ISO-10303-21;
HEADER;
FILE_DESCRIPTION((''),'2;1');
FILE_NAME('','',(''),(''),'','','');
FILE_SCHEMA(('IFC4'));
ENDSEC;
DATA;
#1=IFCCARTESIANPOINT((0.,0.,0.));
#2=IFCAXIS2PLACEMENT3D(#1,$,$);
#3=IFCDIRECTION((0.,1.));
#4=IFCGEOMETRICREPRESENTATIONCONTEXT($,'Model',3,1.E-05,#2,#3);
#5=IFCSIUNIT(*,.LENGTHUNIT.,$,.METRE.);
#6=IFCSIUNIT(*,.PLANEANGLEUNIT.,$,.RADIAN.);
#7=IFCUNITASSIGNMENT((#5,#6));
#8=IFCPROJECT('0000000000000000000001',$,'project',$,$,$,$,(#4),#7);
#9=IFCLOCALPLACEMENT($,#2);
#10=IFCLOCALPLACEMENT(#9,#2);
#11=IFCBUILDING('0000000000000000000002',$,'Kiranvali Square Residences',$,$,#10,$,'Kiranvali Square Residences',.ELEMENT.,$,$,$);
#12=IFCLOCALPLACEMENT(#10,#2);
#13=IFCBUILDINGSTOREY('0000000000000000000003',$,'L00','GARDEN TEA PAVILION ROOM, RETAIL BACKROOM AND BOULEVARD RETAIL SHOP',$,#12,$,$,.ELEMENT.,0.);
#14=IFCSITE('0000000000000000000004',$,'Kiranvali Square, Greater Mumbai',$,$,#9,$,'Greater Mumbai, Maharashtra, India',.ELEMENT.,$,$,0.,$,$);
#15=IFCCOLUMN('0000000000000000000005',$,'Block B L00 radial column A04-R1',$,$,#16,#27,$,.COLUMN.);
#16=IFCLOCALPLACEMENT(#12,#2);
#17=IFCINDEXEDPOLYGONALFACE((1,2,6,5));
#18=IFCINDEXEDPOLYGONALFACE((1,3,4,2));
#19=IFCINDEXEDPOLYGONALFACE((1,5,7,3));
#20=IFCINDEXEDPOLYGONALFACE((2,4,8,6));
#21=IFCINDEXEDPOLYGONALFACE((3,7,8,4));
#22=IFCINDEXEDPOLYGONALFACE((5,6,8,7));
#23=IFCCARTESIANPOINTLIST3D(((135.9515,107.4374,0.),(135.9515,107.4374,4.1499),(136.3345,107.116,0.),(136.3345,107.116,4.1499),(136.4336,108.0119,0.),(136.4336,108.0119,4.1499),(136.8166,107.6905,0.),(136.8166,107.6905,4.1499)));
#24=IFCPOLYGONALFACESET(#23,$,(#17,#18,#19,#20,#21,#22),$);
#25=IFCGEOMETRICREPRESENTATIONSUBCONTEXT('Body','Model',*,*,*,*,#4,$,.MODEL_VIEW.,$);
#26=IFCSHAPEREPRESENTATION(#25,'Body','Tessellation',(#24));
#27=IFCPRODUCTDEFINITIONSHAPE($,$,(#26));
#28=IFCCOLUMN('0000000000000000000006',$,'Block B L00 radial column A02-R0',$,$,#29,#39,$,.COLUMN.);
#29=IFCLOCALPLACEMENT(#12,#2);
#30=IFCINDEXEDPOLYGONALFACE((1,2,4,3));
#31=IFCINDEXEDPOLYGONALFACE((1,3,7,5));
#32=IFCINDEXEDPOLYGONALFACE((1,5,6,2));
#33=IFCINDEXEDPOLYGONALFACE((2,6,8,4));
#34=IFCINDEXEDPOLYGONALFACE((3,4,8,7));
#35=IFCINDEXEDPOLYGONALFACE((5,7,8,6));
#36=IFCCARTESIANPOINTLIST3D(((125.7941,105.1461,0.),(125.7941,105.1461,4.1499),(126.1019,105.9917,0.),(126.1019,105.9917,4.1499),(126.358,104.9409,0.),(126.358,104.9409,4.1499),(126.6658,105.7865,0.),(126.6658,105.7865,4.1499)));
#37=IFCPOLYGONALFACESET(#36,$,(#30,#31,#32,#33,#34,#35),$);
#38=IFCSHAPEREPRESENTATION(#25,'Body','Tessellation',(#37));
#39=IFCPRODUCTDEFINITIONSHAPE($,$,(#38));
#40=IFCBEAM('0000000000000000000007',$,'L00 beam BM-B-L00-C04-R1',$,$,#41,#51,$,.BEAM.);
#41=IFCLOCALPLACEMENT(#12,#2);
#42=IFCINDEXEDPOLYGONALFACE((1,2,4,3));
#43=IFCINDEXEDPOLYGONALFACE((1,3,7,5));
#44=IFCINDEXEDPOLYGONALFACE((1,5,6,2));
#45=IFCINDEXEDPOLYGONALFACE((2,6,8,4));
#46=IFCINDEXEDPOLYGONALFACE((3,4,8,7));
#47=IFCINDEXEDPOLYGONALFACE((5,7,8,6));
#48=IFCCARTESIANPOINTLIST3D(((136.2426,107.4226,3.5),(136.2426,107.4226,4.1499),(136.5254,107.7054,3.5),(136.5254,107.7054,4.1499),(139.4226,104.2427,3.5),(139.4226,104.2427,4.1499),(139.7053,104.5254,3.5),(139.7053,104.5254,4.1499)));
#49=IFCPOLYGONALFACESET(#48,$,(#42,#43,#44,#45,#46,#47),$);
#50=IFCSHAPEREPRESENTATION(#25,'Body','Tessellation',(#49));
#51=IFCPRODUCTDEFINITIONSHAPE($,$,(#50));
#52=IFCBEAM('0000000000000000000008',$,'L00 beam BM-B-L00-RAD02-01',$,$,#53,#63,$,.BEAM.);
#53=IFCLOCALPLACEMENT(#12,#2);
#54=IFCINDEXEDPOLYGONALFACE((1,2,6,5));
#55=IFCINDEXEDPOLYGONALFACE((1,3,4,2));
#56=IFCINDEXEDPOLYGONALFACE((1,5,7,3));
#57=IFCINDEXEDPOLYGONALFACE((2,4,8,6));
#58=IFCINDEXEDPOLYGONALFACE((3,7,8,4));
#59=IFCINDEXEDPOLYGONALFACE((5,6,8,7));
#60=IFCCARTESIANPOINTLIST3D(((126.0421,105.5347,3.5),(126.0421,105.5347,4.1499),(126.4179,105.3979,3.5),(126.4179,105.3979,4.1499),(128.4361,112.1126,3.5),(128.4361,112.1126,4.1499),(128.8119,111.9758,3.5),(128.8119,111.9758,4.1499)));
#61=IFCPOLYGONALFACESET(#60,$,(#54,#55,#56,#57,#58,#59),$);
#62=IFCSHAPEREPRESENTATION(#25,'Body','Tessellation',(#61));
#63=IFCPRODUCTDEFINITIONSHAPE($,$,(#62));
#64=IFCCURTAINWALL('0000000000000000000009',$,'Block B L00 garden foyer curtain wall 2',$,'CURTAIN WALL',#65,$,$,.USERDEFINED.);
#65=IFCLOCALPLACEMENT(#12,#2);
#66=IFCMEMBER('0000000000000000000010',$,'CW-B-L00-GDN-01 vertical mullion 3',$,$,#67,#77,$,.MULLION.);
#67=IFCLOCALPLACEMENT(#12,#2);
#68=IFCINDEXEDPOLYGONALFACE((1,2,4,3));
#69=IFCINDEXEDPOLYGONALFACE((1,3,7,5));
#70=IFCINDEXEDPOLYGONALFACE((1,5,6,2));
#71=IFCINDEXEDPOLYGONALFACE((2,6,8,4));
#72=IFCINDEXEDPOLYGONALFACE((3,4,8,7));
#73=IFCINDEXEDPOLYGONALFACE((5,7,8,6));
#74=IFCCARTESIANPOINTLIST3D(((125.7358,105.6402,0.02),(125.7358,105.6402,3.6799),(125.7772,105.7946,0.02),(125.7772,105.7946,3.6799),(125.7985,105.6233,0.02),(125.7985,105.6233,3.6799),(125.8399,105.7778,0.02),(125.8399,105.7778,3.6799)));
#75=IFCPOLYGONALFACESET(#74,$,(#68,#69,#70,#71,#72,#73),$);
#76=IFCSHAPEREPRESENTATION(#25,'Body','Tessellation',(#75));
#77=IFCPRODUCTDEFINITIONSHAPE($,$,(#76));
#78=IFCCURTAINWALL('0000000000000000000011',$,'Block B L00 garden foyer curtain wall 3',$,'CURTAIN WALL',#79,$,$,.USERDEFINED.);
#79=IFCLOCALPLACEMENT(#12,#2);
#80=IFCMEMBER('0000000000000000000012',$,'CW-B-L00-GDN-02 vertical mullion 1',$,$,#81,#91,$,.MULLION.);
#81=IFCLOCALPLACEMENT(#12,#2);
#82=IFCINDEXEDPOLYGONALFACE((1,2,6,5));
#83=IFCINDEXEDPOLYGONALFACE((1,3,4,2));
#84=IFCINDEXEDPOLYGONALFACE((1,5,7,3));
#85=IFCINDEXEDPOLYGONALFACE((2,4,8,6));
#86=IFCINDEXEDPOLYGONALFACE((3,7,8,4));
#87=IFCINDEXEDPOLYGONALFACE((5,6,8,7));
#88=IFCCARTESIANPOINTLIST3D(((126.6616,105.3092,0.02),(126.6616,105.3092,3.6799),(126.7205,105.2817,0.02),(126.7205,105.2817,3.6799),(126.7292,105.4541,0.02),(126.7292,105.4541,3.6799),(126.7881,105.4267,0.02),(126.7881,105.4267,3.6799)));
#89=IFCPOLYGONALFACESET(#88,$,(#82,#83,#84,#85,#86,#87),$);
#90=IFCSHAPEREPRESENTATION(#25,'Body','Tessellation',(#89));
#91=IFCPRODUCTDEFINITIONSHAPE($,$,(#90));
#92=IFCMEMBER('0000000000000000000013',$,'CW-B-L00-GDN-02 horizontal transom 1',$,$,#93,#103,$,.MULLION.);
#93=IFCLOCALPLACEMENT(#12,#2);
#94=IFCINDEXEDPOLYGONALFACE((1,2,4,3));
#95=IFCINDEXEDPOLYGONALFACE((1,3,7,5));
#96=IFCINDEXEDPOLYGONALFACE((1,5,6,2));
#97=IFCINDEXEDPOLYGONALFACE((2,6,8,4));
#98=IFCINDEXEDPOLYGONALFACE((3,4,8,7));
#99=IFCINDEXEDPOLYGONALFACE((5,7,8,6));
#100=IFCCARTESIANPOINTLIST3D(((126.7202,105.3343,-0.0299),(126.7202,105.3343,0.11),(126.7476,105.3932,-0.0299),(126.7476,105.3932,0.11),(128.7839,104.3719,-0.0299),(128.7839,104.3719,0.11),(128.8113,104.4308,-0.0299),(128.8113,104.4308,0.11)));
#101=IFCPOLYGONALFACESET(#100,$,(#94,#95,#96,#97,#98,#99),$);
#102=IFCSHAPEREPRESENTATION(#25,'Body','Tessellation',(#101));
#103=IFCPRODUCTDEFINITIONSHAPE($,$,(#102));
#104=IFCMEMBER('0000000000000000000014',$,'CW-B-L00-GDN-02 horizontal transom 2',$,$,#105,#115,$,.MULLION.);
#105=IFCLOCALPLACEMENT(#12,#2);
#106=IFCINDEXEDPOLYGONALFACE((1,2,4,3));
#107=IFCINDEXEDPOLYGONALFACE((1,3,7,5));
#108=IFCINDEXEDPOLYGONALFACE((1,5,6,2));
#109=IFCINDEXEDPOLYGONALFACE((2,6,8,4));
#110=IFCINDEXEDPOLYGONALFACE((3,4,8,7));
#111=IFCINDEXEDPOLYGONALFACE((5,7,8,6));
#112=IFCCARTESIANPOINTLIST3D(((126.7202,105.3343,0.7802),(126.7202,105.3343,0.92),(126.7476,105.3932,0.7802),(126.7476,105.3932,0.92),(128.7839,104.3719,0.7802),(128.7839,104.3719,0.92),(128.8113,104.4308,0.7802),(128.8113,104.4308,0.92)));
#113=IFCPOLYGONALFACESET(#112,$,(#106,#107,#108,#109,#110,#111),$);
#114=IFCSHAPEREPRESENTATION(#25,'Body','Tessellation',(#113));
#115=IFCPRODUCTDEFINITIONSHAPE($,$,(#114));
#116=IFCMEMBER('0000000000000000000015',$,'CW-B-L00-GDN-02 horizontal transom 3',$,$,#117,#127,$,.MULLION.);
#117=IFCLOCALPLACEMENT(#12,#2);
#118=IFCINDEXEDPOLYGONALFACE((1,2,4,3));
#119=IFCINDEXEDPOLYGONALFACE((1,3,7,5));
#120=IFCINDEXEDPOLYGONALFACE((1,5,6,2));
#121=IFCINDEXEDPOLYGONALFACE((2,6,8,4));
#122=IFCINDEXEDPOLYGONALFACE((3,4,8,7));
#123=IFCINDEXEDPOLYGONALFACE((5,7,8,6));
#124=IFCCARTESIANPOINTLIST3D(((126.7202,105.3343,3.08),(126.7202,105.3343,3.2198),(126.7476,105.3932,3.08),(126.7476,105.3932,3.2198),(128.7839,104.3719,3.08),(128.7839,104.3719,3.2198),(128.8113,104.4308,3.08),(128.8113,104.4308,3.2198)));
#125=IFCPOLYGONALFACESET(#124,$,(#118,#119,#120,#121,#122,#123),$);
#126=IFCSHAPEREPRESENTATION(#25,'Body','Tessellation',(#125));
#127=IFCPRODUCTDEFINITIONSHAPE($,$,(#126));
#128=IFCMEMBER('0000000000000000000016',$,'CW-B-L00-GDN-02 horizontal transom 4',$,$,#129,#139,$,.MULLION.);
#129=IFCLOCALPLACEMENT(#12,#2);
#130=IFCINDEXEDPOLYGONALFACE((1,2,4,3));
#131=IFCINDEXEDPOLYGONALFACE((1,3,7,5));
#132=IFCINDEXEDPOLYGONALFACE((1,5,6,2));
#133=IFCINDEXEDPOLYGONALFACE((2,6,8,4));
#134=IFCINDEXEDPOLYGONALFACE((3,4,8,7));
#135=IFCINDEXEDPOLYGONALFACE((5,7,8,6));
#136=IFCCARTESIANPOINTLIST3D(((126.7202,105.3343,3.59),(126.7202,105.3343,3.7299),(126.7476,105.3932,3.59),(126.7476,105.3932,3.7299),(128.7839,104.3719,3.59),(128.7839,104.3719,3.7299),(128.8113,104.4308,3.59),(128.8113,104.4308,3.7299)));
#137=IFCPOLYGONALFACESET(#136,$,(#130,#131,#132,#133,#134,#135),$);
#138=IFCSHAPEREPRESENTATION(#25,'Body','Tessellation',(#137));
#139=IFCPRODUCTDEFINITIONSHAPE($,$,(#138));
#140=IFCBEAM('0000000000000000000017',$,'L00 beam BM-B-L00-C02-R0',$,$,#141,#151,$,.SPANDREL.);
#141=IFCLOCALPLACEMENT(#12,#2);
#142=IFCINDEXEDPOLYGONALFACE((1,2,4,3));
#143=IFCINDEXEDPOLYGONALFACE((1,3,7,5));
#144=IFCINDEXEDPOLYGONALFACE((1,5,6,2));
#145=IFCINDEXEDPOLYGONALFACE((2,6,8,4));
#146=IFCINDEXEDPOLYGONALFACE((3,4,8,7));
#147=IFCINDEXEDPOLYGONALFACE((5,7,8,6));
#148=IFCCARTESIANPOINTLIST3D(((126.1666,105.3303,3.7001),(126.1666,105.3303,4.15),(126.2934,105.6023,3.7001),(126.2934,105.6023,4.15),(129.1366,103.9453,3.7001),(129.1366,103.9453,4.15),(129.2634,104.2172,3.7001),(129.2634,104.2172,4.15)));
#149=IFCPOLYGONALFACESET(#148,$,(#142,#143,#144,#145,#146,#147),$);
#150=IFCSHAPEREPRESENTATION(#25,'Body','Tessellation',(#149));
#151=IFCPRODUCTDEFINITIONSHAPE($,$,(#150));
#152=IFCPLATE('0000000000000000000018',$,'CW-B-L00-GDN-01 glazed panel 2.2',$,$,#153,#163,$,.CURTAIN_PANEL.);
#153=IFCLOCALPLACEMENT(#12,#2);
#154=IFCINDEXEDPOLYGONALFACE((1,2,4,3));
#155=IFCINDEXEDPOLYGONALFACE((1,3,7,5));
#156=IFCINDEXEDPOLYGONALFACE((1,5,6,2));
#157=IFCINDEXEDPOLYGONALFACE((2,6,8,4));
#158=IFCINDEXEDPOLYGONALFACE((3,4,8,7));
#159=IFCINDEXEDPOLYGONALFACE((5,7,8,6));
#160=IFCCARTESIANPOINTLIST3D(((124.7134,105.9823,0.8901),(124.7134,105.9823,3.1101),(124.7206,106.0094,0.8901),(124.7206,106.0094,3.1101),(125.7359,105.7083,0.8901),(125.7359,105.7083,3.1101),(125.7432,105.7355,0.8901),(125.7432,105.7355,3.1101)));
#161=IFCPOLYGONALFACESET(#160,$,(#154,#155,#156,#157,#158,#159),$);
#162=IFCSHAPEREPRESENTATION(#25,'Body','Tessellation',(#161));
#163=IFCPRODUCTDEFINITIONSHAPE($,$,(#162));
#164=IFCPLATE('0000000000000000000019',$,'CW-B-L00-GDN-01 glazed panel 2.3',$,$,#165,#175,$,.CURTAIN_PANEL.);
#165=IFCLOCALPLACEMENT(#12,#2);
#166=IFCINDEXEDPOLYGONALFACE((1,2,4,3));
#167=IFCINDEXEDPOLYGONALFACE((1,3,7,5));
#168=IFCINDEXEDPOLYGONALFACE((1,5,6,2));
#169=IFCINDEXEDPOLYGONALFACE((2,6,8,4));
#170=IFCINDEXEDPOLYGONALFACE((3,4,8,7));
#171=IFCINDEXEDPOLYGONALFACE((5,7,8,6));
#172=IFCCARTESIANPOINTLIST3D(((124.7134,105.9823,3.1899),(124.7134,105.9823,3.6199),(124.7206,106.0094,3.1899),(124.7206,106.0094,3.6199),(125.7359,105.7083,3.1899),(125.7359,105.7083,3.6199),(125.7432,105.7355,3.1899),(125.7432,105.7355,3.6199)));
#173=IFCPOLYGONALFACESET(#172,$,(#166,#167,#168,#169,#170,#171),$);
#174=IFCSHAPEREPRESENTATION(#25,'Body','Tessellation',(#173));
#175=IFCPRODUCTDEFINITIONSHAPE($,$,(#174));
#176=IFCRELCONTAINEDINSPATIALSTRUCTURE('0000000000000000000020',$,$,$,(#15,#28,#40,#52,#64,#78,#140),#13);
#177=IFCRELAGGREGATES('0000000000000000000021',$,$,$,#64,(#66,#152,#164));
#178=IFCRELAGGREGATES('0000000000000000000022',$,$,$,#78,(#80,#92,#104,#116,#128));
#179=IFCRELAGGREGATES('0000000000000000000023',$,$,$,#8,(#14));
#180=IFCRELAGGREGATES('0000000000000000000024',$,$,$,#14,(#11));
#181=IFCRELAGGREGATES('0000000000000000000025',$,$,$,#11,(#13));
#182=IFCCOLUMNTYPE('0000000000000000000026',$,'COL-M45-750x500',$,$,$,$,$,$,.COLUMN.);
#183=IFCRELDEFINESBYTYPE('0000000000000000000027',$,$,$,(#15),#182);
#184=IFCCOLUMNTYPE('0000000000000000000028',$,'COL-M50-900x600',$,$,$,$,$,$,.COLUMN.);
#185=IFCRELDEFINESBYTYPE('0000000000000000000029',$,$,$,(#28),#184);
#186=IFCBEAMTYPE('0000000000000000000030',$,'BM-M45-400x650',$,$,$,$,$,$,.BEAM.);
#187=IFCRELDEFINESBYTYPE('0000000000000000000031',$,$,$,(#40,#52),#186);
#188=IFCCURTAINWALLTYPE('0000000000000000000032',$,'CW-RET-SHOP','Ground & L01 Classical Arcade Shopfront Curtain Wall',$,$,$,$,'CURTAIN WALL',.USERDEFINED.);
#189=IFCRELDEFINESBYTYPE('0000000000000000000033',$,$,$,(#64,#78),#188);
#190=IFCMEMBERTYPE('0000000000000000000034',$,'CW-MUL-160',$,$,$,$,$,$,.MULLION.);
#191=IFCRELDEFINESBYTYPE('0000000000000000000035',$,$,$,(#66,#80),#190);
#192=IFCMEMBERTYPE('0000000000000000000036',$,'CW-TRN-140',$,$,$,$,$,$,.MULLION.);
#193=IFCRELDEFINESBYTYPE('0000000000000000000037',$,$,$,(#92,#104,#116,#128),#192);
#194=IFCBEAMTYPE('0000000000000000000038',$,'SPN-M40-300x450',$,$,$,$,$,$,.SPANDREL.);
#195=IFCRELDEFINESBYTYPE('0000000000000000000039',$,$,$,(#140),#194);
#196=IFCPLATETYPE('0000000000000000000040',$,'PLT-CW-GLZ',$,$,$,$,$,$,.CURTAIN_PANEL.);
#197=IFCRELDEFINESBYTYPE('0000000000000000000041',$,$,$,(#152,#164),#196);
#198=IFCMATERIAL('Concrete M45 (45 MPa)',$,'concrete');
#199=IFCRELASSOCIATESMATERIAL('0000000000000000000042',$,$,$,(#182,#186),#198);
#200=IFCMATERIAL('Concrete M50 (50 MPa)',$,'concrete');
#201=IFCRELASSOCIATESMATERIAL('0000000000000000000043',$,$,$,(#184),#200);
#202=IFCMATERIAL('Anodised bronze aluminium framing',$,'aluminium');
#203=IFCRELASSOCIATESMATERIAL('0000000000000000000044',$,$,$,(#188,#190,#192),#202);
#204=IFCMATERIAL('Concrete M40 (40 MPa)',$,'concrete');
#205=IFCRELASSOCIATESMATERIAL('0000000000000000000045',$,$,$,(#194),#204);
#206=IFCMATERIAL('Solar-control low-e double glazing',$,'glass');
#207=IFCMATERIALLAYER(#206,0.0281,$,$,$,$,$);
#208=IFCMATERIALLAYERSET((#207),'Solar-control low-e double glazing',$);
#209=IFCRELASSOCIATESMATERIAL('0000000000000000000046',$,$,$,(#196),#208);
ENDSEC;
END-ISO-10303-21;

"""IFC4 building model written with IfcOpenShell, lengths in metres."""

from ifc_helpers import new_model, si_unit, direction, frame, origin, origin_2d, place, context, subcontext, project, spatial, rectangle, extrude, material, layer, layer_set, material_profile, profile_set, type_object, element, aggregate, save


model = new_model("IFC4")

# Units and contexts
model_context = context("Model", 3, precision=1e-05, world=origin(), true_north=direction((0.0, 1.0)))
body_context = subcontext(model_context, "Body", "Model", "MODEL_VIEW")
ifc_project = project(units=[si_unit("LENGTHUNIT", "METRE"), si_unit("PLANEANGLEUNIT", "RADIAN")], contexts=[model_context])

# Site, building, storey
site_placement = place(None, origin())
site = spatial("IfcSite", under=ifc_project, at=site_placement, Name="Kiranvali Square, Greater Mumbai", LongName="Greater Mumbai, Maharashtra, India", CompositionType="ELEMENT", RefElevation=0.0)
building_placement = place(site_placement, origin())
building = spatial("IfcBuilding", under=site, at=building_placement, Name="Kiranvali Square Residences", LongName="Kiranvali Square Residences", CompositionType="ELEMENT")
storey_placement = place(building_placement, origin())
storey = spatial("IfcBuildingStorey", under=building, at=storey_placement, Name="L00", Description="GARDEN TEA PAVILION ROOM, RETAIL BACKROOM AND BOULEVARD RETAIL SHOP", CompositionType="ELEMENT", Elevation=0.0)

# Columns
ifc_material_1 = material(Name="Concrete M45 (45 MPa)", Category="concrete")
ifc_material_profile_1 = material_profile(ifc_material_1, rectangle(XDim=0.5, YDim=0.75, at=origin_2d()), Name="RC 750x500")
ifc_profile_set_1 = profile_set([ifc_material_profile_1], Name="Concrete M45 (45 MPa)")
column_type_1 = type_object("IfcColumnType", Name="COL-M45-750x500", PredefinedType="COLUMN", material=ifc_profile_set_1)
column_1_placement = place(storey_placement, frame((136.384, 107.564, 0.0), z_axis=(0.0, 0.0, 1.0), x_axis=(-0.766044, 0.642788, 0.0)))
element("IfcColumn", 1, at=column_1_placement, inside=storey, type_object=column_type_1, Name="Block B L00 radial column A04-R1", PredefinedType="COLUMN", context=body_context, shape_type="SweptSolid", body=[
    extrude(rectangle(XDim=0.5, YDim=0.75, at=origin_2d()), origin(), (0.0, 0.0, 1.0), 4.1499),
])
ifc_material_2 = material(Name="Concrete M50 (50 MPa)", Category="concrete")
ifc_material_profile_2 = material_profile(ifc_material_2, rectangle(XDim=0.6001, YDim=0.8999, at=origin_2d()), Name="RC 900x600")
ifc_profile_set_2 = profile_set([ifc_material_profile_2], Name="Concrete M50 (50 MPa)")
column_type_2 = type_object("IfcColumnType", Name="COL-M50-900x600", PredefinedType="COLUMN", material=ifc_profile_set_2)
column_2_placement = place(storey_placement, frame((126.23, 105.4663, 0.0), z_axis=(0.0, 0.0, 1.0), x_axis=(-0.939693, 0.34202, 0.0)))
element("IfcColumn", 2, at=column_2_placement, inside=storey, type_object=column_type_2, Name="Block B L00 radial column A02-R0", PredefinedType="COLUMN", context=body_context, shape_type="SweptSolid", body=[
    extrude(rectangle(XDim=0.6001, YDim=0.8999, at=origin_2d()), origin(), (0.0, 0.0, 1.0), 4.1499),
])

# Beams
ifc_material_profile_3 = material_profile(ifc_material_1, rectangle(XDim=0.3999, YDim=0.6499, at=origin_2d()), Name="RC 400x650")
ifc_profile_set_3 = profile_set([ifc_material_profile_3], Name="Concrete M45 (45 MPa)")
beam_type_1 = type_object("IfcBeamType", Name="BM-M45-400x650", PredefinedType="BEAM", material=ifc_profile_set_3)
beam_1_placement = place(storey_placement, frame((136.384, 107.564, 3.825), z_axis=(0.707107, -0.707107, 0.0), x_axis=(0.707107, 0.707107, 0.0)))
element("IfcBeam", 3, at=beam_1_placement, inside=storey, type_object=beam_type_1, Name="L00 beam BM-B-L00-C04-R1", PredefinedType="BEAM", context=body_context, shape_type="SweptSolid", body=[
    extrude(rectangle(XDim=0.3999, YDim=0.6499, at=origin_2d()), origin(), (0.0, 0.0, 1.0), 4.4971),
])
beam_2_placement = place(storey_placement, frame((126.23, 105.4663, 3.825), z_axis=(0.342006, 0.939698, 0.0), x_axis=(-0.939698, 0.342006, 0.0)))
element("IfcBeam", 4, at=beam_2_placement, inside=storey, type_object=beam_type_1, Name="L00 beam BM-B-L00-RAD02-01", PredefinedType="BEAM", context=body_context, shape_type="SweptSolid", body=[
    extrude(rectangle(XDim=0.3999, YDim=0.6499, at=origin_2d()), origin(), (0.0, 0.0, 1.0), 7.0),
])

# Curtain wall, member
ifc_material_3 = material(Name="Anodised bronze aluminium framing", Category="aluminium")
curtain_wall_type = type_object("IfcCurtainWallType", Name="CW-RET-SHOP", Description="Ground & L01 Classical Arcade Shopfront Curtain Wall", ElementType="CURTAIN WALL", PredefinedType="USERDEFINED", material=ifc_material_3)
curtain_wall_1_placement = place(storey_placement, origin())
curtain_wall_1 = element("IfcCurtainWall", 5, at=curtain_wall_1_placement, inside=storey, type_object=curtain_wall_type, Name="Block B L00 garden foyer curtain wall 2", ObjectType="CURTAIN WALL", PredefinedType="USERDEFINED")
ifc_material_profile_4 = material_profile(ifc_material_3, rectangle(XDim=0.0649, YDim=0.1599, at=origin_2d()), Name="ALU 65x160")
ifc_profile_set_4 = profile_set([ifc_material_profile_4], Name="Anodised bronze aluminium framing")
member_type_1 = type_object("IfcMemberType", Name="CW-MUL-160", PredefinedType="MULLION", material=ifc_profile_set_4)
member_1_placement = place(storey_placement, frame((125.7878, 105.709, 0.02), z_axis=(0.0, 0.0, 1.0), x_axis=(0.965926, -0.258819, 0.0)))
member_1 = element("IfcMember", 6, at=member_1_placement, type_object=member_type_1, Name="CW-B-L00-GDN-01 vertical mullion 3", PredefinedType="MULLION", context=body_context, shape_type="SweptSolid", body=[
    extrude(rectangle(XDim=0.0649, YDim=0.1599, at=origin_2d()), origin(), (0.0, 0.0, 1.0), 3.6599),
])

# Curtain wall, members
curtain_wall_2_placement = place(storey_placement, origin())
curtain_wall_2 = element("IfcCurtainWall", 7, at=curtain_wall_2_placement, inside=storey, type_object=curtain_wall_type, Name="Block B L00 garden foyer curtain wall 3", ObjectType="CURTAIN WALL", PredefinedType="USERDEFINED")
member_2_placement = place(storey_placement, frame((126.7249, 105.3679, 0.02), z_axis=(0.0, 0.0, 1.0), x_axis=(0.906308, -0.422618, 0.0)))
member_2 = element("IfcMember", 8, at=member_2_placement, type_object=member_type_1, Name="CW-B-L00-GDN-02 vertical mullion 1", PredefinedType="MULLION", context=body_context, shape_type="SweptSolid", body=[
    extrude(rectangle(XDim=0.0649, YDim=0.1599, at=origin_2d()), origin(), (0.0, 0.0, 1.0), 3.6599),
])
ifc_material_profile_5 = material_profile(ifc_material_3, rectangle(XDim=0.0649, YDim=0.1399, at=origin_2d()), Name="ALU 65x140")
ifc_profile_set_5 = profile_set([ifc_material_profile_5], Name="Anodised bronze aluminium framing")
member_type_2 = type_object("IfcMemberType", Name="CW-TRN-140", PredefinedType="MULLION", material=ifc_profile_set_5)
member_3_placement = place(storey_placement, frame((126.7339, 105.3638, 0.04), z_axis=(0.906295, -0.422645, 0.0), x_axis=(0.422645, 0.906295, 0.0)))
member_3 = element("IfcMember", 9, at=member_3_placement, type_object=member_type_2, Name="CW-B-L00-GDN-02 horizontal transom 1", PredefinedType="MULLION", context=body_context, shape_type="SweptSolid", body=[
    extrude(rectangle(XDim=0.0649, YDim=0.1399, at=origin_2d()), origin(), (0.0, 0.0, 1.0), 2.2771),
])
member_4_placement = place(storey_placement, frame((126.7339, 105.3638, 0.8501), z_axis=(0.906295, -0.422645, 0.0), x_axis=(0.422645, 0.906295, 0.0)))
member_4 = element("IfcMember", 10, at=member_4_placement, type_object=member_type_2, Name="CW-B-L00-GDN-02 horizontal transom 2", PredefinedType="MULLION", context=body_context, shape_type="SweptSolid", body=[
    extrude(rectangle(XDim=0.0649, YDim=0.1399, at=origin_2d()), origin(), (0.0, 0.0, 1.0), 2.2771),
])
member_5_placement = place(storey_placement, frame((126.7339, 105.3638, 3.1499), z_axis=(0.906295, -0.422645, 0.0), x_axis=(0.422645, 0.906295, 0.0)))
member_5 = element("IfcMember", 11, at=member_5_placement, type_object=member_type_2, Name="CW-B-L00-GDN-02 horizontal transom 3", PredefinedType="MULLION", context=body_context, shape_type="SweptSolid", body=[
    extrude(rectangle(XDim=0.0649, YDim=0.1399, at=origin_2d()), origin(), (0.0, 0.0, 1.0), 2.2771),
])
member_6_placement = place(storey_placement, frame((126.7339, 105.3638, 3.6599), z_axis=(0.906295, -0.422645, 0.0), x_axis=(0.422645, 0.906295, 0.0)))
member_6 = element("IfcMember", 12, at=member_6_placement, type_object=member_type_2, Name="CW-B-L00-GDN-02 horizontal transom 4", PredefinedType="MULLION", context=body_context, shape_type="SweptSolid", body=[
    extrude(rectangle(XDim=0.0649, YDim=0.1399, at=origin_2d()), origin(), (0.0, 0.0, 1.0), 2.2771),
])

# Beam
ifc_material_4 = material(Name="Concrete M40 (40 MPa)", Category="concrete")
ifc_material_profile_6 = material_profile(ifc_material_4, rectangle(XDim=0.3, YDim=0.45, at=origin_2d()), Name="RC 300x450")
ifc_profile_set_6 = profile_set([ifc_material_profile_6], Name="Concrete M40 (40 MPa)")
beam_type_2 = type_object("IfcBeamType", Name="SPN-M40-300x450", PredefinedType="SPANDREL", material=ifc_profile_set_6)
beam_3_placement = place(storey_placement, frame((126.23, 105.4663, 3.925), z_axis=(0.906297, -0.422641, 0.0), x_axis=(0.422641, 0.906297, 0.0)))
element("IfcBeam", 13, at=beam_3_placement, inside=storey, type_object=beam_type_2, Name="L00 beam BM-B-L00-C02-R0", PredefinedType="SPANDREL", context=body_context, shape_type="SweptSolid", body=[
    extrude(rectangle(XDim=0.3, YDim=0.45, at=origin_2d()), origin(), (0.0, 0.0, 1.0), 3.2771),
])

# Plates
ifc_material_5 = material(Name="Solar-control low-e double glazing", Category="glass")
ifc_layer_1 = layer(ifc_material_5, 0.0281)
ifc_layer_set_1 = layer_set([ifc_layer_1], Name="Solar-control low-e double glazing")
plate_type_1 = type_object("IfcPlateType", Name="PLT-CW-GLZ", PredefinedType="CURTAIN_PANEL", material=ifc_layer_set_1)
plate_1_placement = place(storey_placement, frame((125.2283, 105.8589, 0.8901), z_axis=(0.0, 0.0, 1.0), x_axis=(0.965926, -0.258819, 0.0)))
plate_1 = element("IfcPlate", 14, at=plate_1_placement, type_object=plate_type_1, Name="CW-B-L00-GDN-01 glazed panel 2.2", PredefinedType="CURTAIN_PANEL", context=body_context, shape_type="SweptSolid", body=[
    extrude(rectangle(XDim=1.0586, YDim=0.0281, at=origin_2d()), origin(), (0.0, 0.0, 1.0), 2.22),
])
plate_2_placement = place(storey_placement, frame((125.2283, 105.8589, 3.1899), z_axis=(0.0, 0.0, 1.0), x_axis=(0.965926, -0.258819, 0.0)))
plate_2 = element("IfcPlate", 15, at=plate_2_placement, type_object=plate_type_1, Name="CW-B-L00-GDN-01 glazed panel 2.3", PredefinedType="CURTAIN_PANEL", context=body_context, shape_type="SweptSolid", body=[
    extrude(rectangle(XDim=1.0586, YDim=0.0281, at=origin_2d()), origin(), (0.0, 0.0, 1.0), 0.4299),
])
aggregate(curtain_wall_1, [member_1, plate_1, plate_2])
aggregate(curtain_wall_2, [member_2, member_3, member_4, member_5, member_6])

save(model, "model.ifc")
